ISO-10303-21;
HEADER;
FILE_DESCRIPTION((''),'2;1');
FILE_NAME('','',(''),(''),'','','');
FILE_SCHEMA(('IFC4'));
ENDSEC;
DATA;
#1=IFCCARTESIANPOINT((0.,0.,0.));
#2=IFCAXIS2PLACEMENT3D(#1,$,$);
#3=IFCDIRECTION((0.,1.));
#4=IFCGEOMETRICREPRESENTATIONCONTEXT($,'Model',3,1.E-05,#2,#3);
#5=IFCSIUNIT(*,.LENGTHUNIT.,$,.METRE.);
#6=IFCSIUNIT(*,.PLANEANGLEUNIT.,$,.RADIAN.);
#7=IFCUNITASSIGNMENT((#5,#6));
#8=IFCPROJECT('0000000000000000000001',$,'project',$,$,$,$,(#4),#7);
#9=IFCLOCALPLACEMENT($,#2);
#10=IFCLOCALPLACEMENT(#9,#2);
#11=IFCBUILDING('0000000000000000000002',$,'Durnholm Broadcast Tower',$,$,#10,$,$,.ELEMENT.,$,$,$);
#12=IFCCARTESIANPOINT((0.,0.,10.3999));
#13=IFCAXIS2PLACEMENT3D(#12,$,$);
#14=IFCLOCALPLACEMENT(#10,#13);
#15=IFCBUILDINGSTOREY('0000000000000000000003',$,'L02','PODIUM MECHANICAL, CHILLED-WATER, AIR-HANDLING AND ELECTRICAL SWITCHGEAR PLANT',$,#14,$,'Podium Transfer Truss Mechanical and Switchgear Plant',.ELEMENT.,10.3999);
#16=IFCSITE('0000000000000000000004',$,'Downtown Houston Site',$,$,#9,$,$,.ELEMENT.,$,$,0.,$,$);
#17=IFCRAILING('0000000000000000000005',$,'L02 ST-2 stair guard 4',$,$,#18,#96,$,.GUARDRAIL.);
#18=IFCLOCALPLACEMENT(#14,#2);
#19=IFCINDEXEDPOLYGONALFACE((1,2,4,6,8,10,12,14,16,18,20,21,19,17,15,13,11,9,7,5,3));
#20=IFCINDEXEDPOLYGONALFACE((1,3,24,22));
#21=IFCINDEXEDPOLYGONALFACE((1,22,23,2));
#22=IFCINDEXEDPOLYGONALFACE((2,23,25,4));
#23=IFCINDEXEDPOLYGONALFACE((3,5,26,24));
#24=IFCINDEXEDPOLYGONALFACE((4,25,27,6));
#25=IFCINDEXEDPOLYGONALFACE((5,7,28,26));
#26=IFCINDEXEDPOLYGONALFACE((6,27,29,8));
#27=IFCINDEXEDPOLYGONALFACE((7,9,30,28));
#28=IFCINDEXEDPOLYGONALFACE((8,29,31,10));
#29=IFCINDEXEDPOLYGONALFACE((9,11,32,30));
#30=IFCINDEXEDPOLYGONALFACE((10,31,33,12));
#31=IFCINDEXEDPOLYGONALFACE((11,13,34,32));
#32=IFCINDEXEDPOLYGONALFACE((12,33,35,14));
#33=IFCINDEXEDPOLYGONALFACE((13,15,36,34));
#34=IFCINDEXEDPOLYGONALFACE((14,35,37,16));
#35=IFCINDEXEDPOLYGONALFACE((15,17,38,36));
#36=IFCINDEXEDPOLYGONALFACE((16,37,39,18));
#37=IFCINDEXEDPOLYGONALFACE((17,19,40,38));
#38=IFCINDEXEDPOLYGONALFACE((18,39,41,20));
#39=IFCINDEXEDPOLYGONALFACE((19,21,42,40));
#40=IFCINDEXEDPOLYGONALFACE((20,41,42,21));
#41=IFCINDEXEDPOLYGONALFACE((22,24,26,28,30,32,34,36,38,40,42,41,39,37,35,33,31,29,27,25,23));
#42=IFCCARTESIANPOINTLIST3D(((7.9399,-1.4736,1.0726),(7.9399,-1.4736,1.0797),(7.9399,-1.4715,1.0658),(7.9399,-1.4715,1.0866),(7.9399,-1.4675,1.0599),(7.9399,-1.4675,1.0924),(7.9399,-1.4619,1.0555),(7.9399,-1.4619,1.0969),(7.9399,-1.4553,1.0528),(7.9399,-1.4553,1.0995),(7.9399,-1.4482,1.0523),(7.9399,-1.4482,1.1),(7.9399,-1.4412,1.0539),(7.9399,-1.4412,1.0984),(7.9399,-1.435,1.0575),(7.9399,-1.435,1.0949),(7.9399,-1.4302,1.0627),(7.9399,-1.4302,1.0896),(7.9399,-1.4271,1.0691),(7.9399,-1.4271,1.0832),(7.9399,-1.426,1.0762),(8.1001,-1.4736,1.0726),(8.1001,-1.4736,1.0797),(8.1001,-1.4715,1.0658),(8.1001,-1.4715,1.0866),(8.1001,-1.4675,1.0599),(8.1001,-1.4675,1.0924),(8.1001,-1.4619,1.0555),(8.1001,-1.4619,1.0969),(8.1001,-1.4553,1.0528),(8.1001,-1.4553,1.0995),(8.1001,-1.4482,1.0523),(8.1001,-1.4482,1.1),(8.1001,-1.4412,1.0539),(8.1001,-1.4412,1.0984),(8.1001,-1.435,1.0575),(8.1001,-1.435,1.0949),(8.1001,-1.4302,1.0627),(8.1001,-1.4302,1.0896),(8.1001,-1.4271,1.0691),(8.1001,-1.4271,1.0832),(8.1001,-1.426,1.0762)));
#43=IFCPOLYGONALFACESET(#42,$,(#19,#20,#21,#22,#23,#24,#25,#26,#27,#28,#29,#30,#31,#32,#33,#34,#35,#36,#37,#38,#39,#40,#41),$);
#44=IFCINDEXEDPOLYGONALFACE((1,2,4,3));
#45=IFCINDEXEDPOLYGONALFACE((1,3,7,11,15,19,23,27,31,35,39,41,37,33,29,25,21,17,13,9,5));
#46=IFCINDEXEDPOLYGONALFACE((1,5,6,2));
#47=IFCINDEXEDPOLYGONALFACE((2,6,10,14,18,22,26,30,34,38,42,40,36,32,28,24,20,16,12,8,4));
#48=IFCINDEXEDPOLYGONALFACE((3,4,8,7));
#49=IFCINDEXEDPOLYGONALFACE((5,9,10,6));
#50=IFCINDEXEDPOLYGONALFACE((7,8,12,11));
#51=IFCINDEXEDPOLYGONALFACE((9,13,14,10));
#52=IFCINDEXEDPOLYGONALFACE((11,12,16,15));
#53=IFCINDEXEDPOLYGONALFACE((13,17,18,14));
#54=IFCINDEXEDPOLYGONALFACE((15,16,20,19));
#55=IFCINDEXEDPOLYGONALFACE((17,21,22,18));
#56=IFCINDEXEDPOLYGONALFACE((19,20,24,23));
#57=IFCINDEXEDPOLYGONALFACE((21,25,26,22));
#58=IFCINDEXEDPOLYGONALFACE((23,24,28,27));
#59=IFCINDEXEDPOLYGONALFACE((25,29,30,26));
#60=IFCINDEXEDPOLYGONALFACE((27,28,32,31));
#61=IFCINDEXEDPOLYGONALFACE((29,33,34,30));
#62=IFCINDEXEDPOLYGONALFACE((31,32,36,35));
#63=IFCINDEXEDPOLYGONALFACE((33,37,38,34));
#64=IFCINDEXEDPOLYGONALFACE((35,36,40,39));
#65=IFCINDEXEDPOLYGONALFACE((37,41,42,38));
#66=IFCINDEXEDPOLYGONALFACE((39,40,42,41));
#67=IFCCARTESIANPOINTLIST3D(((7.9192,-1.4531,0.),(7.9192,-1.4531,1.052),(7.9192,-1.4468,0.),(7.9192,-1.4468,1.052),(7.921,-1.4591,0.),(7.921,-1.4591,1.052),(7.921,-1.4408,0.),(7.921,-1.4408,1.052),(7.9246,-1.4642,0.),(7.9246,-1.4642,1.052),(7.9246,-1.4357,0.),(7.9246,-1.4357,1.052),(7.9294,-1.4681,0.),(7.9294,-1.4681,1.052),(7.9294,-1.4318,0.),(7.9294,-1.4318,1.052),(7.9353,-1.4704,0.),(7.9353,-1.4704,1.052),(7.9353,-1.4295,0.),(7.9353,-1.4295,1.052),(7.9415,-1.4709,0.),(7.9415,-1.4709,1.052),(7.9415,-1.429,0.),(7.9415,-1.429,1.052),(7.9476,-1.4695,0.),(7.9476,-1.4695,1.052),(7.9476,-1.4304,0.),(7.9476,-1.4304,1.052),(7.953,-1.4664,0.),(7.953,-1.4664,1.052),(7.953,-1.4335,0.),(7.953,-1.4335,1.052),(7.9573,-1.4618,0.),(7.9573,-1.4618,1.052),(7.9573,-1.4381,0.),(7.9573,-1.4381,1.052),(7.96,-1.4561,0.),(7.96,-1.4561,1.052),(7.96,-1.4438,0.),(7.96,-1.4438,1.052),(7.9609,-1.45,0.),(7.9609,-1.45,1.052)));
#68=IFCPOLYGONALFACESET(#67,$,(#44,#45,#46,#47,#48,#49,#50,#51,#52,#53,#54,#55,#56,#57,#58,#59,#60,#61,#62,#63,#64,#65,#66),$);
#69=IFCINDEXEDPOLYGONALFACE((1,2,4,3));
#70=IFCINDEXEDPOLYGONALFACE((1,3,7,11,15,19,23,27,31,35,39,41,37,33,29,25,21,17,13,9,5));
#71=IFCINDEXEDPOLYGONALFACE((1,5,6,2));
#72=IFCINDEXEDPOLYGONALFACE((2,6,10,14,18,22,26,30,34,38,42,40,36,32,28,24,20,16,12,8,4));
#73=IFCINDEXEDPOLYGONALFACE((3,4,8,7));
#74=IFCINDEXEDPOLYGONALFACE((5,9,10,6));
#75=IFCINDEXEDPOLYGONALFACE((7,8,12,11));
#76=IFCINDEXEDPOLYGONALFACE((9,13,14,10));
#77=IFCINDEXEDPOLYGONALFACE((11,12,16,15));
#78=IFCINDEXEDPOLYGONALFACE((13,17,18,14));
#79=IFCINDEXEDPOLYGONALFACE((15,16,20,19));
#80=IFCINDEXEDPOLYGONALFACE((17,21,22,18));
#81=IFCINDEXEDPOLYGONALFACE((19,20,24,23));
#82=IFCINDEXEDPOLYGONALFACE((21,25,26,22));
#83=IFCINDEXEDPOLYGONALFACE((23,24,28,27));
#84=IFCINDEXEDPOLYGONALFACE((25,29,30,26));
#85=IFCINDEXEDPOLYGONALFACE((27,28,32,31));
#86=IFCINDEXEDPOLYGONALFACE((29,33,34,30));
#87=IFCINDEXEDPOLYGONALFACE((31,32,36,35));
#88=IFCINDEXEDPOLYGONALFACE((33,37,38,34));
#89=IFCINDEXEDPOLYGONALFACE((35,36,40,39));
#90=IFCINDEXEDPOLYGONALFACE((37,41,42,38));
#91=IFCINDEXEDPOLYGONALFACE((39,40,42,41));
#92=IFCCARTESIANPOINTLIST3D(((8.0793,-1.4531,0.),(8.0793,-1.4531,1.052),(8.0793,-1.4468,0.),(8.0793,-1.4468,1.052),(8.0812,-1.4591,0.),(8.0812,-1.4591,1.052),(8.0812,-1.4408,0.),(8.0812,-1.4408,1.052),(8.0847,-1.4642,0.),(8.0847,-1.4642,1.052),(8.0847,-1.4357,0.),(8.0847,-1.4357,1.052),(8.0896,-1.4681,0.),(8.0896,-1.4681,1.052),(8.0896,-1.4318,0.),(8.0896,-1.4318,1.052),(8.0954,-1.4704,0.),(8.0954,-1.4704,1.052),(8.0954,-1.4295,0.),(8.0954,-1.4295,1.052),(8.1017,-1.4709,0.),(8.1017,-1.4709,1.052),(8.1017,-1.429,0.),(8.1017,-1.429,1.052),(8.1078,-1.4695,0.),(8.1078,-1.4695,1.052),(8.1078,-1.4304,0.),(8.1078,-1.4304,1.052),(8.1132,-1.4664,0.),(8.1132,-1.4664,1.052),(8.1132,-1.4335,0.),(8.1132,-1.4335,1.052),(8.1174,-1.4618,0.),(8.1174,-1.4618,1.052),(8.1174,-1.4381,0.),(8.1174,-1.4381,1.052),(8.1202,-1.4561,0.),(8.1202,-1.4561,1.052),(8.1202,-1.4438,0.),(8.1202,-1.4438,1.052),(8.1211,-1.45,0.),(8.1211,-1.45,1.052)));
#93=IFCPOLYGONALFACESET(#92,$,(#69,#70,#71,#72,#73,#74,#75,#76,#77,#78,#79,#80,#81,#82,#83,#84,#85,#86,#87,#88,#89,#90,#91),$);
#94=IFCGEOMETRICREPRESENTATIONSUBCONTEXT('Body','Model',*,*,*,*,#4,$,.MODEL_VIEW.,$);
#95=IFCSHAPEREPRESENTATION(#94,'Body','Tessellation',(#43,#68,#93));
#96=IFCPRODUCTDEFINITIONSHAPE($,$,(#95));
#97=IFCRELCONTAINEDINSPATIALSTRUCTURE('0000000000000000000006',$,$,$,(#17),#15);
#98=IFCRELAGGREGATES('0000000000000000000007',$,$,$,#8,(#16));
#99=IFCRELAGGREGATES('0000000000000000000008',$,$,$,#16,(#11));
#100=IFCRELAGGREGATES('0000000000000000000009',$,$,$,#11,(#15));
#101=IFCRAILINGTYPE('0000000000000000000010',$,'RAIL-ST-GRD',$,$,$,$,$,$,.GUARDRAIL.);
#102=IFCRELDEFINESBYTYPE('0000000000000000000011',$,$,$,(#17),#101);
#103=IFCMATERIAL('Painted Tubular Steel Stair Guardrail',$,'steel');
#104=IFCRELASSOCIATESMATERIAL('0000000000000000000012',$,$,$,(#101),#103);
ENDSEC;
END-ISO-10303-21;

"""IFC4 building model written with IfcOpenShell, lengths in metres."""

from ifc_helpers import new_model, si_unit, direction, frame, origin, origin_2d, place, context, subcontext, project, spatial, circle, extrude, material, type_object, element, save


model = new_model("IFC4")

# Units and contexts
model_context = context("Model", 3, precision=1e-05, world=origin(), true_north=direction((0.0, 1.0)))
body_context = subcontext(model_context, "Body", "Model", "MODEL_VIEW")
ifc_project = project(units=[si_unit("LENGTHUNIT", "METRE"), si_unit("PLANEANGLEUNIT", "RADIAN")], contexts=[model_context])

# Site, building, storey
site_placement = place(None, origin())
site = spatial("IfcSite", under=ifc_project, at=site_placement, Name="Downtown Houston Site", CompositionType="ELEMENT", RefElevation=0.0)
building_placement = place(site_placement, origin())
building = spatial("IfcBuilding", under=site, at=building_placement, Name="Durnholm Broadcast Tower", CompositionType="ELEMENT")
storey_placement = place(building_placement, frame((0.0, 0.0, 10.3999)))
storey = spatial("IfcBuildingStorey", under=building, at=storey_placement, Name="L02", Description="PODIUM MECHANICAL, CHILLED-WATER, AIR-HANDLING AND ELECTRICAL SWITCHGEAR PLANT", LongName="Podium Transfer Truss Mechanical and Switchgear Plant", CompositionType="ELEMENT", Elevation=10.3999)

# Railing
ifc_material_1 = material(Name="Painted Tubular Steel Stair Guardrail", Category="steel")
railing_type_1 = type_object("IfcRailingType", Name="RAIL-ST-GRD", PredefinedType="GUARDRAIL", material=ifc_material_1)
railing_1_placement = place(storey_placement, frame((7.9399, -1.45, 0.0)))
element("IfcRailing", 1, at=railing_1_placement, inside=storey, type_object=railing_type_1, Name="L02 ST-2 stair guard 4", PredefinedType="GUARDRAIL", context=body_context, shape_type="SweptSolid", body=[
    extrude(circle(Radius=0.0239, at=origin_2d()), frame((0.0, 0.0, 1.0762), z_axis=(1.0, 0.0, 0.0), x_axis=(0.0, 1.0, 0.0)), (0.0, 0.0, 1.0), 0.1602),
    extrude(circle(Radius=0.021, at=origin_2d()), origin(), (0.0, 0.0, 1.0), 1.052),
    extrude(circle(Radius=0.021, at=origin_2d()), frame((0.1602, 0.0, 0.0)), (0.0, 0.0, 1.0), 1.052),
])

save(model, "model.ifc")
